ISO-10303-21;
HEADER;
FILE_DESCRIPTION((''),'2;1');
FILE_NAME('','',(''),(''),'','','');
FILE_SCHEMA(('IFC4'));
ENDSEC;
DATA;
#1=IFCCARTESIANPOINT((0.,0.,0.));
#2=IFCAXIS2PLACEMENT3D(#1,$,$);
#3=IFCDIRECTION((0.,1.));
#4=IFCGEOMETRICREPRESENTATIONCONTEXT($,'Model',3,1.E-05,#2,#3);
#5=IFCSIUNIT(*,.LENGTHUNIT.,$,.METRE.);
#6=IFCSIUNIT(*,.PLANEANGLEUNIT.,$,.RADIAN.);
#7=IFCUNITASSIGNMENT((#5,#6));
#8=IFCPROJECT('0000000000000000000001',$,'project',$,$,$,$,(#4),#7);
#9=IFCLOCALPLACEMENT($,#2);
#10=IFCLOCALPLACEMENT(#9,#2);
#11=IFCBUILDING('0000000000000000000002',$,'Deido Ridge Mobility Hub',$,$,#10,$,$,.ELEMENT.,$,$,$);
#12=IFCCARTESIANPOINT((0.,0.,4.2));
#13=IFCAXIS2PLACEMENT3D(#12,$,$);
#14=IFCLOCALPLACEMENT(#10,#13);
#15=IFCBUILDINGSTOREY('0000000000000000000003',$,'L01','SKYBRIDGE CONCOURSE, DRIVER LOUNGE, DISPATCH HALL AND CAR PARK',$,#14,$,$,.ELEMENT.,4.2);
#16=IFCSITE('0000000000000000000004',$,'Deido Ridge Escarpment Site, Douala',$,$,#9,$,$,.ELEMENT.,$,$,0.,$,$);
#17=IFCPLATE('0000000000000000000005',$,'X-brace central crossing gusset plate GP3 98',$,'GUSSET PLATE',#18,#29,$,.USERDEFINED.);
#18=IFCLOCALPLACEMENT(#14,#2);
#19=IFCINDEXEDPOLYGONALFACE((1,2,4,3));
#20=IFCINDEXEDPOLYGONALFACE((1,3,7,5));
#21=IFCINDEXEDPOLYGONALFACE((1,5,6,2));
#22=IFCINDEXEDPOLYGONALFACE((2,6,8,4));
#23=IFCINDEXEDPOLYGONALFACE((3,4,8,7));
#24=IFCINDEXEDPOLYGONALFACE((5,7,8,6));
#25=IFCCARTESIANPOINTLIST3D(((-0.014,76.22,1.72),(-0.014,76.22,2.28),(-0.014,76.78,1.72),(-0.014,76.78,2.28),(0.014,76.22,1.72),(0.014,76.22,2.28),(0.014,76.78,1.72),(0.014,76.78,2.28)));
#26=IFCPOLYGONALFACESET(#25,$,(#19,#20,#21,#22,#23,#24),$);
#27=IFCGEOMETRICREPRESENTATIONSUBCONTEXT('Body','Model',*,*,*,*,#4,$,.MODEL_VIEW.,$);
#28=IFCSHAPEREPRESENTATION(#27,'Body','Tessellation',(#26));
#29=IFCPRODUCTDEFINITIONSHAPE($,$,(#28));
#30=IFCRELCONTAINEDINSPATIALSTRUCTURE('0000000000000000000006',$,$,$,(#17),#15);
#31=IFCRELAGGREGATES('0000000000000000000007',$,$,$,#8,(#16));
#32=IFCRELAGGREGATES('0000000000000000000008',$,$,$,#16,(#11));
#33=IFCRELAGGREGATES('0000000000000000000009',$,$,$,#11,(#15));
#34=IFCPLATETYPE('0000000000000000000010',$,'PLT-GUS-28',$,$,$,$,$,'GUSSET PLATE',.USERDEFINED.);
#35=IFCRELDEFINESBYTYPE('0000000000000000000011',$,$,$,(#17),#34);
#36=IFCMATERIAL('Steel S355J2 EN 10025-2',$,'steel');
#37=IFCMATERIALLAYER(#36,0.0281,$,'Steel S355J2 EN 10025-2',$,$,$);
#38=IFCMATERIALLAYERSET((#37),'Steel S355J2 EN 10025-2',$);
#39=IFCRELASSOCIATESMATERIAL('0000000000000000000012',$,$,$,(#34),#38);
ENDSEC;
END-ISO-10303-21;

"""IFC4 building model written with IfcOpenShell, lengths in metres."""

from ifc_helpers import new_model, si_unit, direction, frame, origin, origin_2d, place, context, subcontext, project, spatial, rectangle, extrude, material, layer, layer_set, type_object, element, save


model = new_model("IFC4")

# Units and contexts
model_context = context("Model", 3, precision=1e-05, world=origin(), true_north=direction((0.0, 1.0)))
body_context = subcontext(model_context, "Body", "Model", "MODEL_VIEW")
ifc_project = project(units=[si_unit("LENGTHUNIT", "METRE"), si_unit("PLANEANGLEUNIT", "RADIAN")], contexts=[model_context])

# Site, building, storey
site_placement = place(None, origin())
site = spatial("IfcSite", under=ifc_project, at=site_placement, Name="Deido Ridge Escarpment Site, Douala", CompositionType="ELEMENT", RefElevation=0.0)
building_placement = place(site_placement, origin())
building = spatial("IfcBuilding", under=site, at=building_placement, Name="Deido Ridge Mobility Hub", CompositionType="ELEMENT")
storey_placement = place(building_placement, frame((0.0, 0.0, 4.2)))
storey = spatial("IfcBuildingStorey", under=building, at=storey_placement, Name="L01", Description="SKYBRIDGE CONCOURSE, DRIVER LOUNGE, DISPATCH HALL AND CAR PARK", CompositionType="ELEMENT", Elevation=4.2)

# Shared definitions
ifc_material_1 = material(Name="Steel S355J2 EN 10025-2", Category="steel")

# Plate
ifc_layer_1 = layer(ifc_material_1, 0.0281, Name="Steel S355J2 EN 10025-2")
ifc_layer_set_1 = layer_set([ifc_layer_1], Name="Steel S355J2 EN 10025-2")
plate_type_1 = type_object("IfcPlateType", Name="PLT-GUS-28", ElementType="GUSSET PLATE", PredefinedType="USERDEFINED", material=ifc_layer_set_1)
plate_1_placement = place(storey_placement, frame((0.0, 76.5, 1.72), z_axis=(0.0, 0.0, 1.0), x_axis=(0.0, 1.0, 0.0)))
element("IfcPlate", 1, at=plate_1_placement, inside=storey, type_object=plate_type_1, Name="X-brace central crossing gusset plate GP3 98", ObjectType="GUSSET PLATE", PredefinedType="USERDEFINED", context=body_context, shape_type="SweptSolid", body=[
    extrude(rectangle(XDim=0.5601, YDim=0.0281, at=origin_2d()), origin(), (0.0, 0.0, 1.0), 0.5601),
])

save(model, "model.ifc")
